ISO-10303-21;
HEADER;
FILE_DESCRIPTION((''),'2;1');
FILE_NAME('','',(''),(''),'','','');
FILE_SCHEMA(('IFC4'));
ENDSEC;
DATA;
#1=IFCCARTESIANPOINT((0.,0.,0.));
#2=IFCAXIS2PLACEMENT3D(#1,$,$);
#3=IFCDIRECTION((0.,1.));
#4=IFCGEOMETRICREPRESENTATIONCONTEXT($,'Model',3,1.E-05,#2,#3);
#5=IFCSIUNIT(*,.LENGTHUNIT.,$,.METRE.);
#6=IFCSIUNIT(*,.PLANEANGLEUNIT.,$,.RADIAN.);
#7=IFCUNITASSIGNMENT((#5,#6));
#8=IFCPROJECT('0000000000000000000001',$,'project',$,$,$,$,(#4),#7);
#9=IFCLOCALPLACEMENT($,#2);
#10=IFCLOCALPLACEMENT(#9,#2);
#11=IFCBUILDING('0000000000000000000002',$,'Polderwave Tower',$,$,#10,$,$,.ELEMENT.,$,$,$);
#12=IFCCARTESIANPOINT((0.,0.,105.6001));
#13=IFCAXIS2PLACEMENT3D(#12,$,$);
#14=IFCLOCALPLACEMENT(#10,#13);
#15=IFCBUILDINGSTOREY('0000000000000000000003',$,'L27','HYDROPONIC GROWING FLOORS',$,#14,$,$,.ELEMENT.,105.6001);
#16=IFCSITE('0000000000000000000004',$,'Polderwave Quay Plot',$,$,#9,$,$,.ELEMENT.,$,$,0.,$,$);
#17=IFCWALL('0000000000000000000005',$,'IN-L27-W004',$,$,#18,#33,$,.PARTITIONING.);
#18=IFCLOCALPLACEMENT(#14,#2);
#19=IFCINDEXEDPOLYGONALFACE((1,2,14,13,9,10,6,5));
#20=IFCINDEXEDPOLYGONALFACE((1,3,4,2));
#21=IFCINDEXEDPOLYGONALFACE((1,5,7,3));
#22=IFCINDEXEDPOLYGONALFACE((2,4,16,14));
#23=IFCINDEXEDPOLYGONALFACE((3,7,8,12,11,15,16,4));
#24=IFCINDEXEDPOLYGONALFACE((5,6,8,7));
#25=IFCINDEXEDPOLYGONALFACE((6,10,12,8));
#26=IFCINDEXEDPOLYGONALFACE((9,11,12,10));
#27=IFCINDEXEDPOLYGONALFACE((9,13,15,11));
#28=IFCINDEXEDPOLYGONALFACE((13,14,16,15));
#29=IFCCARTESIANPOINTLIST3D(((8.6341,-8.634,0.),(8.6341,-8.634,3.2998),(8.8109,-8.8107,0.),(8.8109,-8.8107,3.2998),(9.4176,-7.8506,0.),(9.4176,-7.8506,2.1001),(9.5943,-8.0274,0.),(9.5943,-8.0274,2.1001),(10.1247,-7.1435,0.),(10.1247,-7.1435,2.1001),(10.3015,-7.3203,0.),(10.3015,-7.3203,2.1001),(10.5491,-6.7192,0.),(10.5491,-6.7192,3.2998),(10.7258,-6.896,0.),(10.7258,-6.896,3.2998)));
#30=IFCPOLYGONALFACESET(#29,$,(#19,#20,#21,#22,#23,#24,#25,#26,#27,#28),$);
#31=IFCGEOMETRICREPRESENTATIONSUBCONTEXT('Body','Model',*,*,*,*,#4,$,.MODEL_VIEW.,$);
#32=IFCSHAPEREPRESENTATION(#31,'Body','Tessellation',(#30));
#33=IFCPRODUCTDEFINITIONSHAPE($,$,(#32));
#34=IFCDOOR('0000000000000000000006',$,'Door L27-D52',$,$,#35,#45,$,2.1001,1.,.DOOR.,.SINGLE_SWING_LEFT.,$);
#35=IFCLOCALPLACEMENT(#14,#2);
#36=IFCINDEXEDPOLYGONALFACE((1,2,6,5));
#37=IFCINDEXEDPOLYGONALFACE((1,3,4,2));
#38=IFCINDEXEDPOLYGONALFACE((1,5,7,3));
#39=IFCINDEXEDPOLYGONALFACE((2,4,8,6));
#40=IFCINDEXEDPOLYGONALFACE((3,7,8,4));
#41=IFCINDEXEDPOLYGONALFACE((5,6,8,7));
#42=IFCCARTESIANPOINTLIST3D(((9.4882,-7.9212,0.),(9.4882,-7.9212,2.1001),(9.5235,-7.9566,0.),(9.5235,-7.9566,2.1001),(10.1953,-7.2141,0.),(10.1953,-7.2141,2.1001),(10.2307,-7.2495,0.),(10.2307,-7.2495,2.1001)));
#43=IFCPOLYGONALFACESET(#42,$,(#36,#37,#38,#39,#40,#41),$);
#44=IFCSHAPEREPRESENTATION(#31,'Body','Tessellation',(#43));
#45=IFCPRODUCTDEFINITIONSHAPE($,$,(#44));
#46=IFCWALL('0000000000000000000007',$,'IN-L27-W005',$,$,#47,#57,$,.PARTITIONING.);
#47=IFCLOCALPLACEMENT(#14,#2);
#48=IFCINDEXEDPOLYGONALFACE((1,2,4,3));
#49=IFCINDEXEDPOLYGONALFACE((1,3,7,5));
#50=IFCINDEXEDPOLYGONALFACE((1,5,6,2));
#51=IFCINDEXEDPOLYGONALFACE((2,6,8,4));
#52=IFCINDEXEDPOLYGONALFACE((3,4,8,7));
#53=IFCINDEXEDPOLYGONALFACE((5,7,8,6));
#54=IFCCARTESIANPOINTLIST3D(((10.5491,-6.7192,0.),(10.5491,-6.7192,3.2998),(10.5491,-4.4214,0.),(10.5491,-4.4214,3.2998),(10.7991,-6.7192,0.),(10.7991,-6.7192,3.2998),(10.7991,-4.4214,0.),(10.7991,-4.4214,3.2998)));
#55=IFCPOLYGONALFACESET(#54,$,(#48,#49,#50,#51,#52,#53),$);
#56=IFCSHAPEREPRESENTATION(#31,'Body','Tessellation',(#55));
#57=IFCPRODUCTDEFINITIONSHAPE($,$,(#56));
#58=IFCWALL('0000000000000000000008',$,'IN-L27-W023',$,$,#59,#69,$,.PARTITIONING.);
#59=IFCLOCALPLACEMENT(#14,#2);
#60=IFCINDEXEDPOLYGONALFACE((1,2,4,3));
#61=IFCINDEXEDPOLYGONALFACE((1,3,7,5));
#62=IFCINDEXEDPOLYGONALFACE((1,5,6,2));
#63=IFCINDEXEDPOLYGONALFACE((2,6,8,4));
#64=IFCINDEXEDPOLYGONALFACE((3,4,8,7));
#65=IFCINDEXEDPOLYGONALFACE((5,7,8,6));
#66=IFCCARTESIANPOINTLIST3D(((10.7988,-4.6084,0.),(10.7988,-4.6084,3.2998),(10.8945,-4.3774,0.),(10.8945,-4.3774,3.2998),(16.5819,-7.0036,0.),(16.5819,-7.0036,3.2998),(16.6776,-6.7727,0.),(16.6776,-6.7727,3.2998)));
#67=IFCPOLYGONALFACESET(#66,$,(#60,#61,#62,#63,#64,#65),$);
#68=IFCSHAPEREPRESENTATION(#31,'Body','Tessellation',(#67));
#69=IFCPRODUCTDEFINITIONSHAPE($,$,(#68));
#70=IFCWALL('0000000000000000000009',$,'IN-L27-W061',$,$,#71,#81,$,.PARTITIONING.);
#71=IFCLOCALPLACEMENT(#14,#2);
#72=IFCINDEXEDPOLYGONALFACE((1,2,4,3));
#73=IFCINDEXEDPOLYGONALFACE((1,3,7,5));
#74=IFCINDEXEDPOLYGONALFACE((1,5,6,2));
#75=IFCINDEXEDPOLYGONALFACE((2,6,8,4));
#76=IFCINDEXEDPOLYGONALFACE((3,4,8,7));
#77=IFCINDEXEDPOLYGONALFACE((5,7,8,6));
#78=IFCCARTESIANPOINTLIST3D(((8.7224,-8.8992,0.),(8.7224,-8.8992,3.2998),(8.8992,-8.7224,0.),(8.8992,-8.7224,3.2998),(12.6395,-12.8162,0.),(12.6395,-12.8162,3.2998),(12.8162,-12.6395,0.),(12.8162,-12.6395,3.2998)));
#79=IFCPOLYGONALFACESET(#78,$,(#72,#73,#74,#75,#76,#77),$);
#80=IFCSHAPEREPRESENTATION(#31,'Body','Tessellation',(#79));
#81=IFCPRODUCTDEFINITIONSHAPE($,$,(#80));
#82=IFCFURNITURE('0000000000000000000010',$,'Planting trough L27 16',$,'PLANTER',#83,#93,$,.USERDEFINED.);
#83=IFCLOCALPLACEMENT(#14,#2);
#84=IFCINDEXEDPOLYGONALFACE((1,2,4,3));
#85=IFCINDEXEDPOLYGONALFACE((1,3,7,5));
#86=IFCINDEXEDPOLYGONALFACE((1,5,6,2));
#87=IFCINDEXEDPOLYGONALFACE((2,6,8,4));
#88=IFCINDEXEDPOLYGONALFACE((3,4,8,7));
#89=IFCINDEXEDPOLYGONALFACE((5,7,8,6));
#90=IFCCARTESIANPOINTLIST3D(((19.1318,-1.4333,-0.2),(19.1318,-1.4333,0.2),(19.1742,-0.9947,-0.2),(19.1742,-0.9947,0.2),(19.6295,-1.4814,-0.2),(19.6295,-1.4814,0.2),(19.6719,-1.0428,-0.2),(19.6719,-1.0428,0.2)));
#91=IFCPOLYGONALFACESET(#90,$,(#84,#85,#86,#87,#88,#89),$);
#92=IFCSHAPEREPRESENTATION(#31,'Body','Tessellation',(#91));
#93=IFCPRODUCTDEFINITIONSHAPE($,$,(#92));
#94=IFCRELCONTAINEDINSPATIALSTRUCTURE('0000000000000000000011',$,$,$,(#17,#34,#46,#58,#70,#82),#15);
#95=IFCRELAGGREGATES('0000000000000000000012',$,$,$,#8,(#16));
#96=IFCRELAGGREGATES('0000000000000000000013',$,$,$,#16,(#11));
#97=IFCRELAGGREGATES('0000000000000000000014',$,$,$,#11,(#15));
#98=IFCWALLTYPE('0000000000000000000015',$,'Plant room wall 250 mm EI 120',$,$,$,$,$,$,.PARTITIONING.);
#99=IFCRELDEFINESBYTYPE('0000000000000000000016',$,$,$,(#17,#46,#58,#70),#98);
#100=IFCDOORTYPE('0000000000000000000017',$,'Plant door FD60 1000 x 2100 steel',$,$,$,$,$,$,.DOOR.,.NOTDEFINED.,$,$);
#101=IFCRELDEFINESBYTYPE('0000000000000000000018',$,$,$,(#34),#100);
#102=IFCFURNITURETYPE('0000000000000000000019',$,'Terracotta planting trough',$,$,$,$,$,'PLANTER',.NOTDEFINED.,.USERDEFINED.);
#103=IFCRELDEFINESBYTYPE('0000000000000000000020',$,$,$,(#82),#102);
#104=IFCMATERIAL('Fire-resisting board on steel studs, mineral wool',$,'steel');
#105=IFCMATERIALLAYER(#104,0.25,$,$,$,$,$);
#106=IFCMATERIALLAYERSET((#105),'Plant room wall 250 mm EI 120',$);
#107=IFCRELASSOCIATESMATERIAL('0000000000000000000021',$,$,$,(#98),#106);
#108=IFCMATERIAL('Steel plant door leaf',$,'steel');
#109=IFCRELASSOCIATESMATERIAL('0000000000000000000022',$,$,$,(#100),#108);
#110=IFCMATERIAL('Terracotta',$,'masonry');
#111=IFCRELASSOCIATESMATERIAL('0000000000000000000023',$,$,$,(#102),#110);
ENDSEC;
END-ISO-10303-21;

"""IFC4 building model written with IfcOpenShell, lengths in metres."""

from ifc_helpers import new_model, si_unit, direction, frame, frame_2d, origin, origin_2d, place, context, subcontext, project, spatial, rectangle, extrude, material, layer, layer_set, type_object, element, fill, save


model = new_model("IFC4")

# Units and contexts
model_context = context("Model", 3, precision=1e-05, world=origin(), true_north=direction((0.0, 1.0)))
body_context = subcontext(model_context, "Body", "Model", "MODEL_VIEW")
ifc_project = project(units=[si_unit("LENGTHUNIT", "METRE"), si_unit("PLANEANGLEUNIT", "RADIAN")], contexts=[model_context])

# Site, building, storey
site_placement = place(None, origin())
site = spatial("IfcSite", under=ifc_project, at=site_placement, Name="Polderwave Quay Plot", CompositionType="ELEMENT", RefElevation=0.0)
building_placement = place(site_placement, origin())
building = spatial("IfcBuilding", under=site, at=building_placement, Name="Polderwave Tower", CompositionType="ELEMENT")
storey_placement = place(building_placement, frame((0.0, 0.0, 105.6001)))
storey = spatial("IfcBuildingStorey", under=building, at=storey_placement, Name="L27", Description="HYDROPONIC GROWING FLOORS", CompositionType="ELEMENT", Elevation=105.6001)

# Wall, opening, door
ifc_material_1 = material(Name="Fire-resisting board on steel studs, mineral wool", Category="steel")
ifc_layer_1 = layer(ifc_material_1, 0.25)
ifc_layer_set_1 = layer_set([ifc_layer_1], Name="Plant room wall 250 mm EI 120")
wall_type_1 = type_object("IfcWallType", Name="Plant room wall 250 mm EI 120", PredefinedType="PARTITIONING", material=ifc_layer_set_1)
wall_1_placement = place(storey_placement, frame((10.6375, -6.8076, 0.0), z_axis=(0.0, 0.0, 1.0), x_axis=(-0.707152, -0.707062, 0.0)))
wall_1 = element("IfcWall", 1, at=wall_1_placement, inside=storey, type_object=wall_type_1, Name="IN-L27-W004", PredefinedType="PARTITIONING", context=body_context, shape_type="SweptSolid", body=[
    extrude(rectangle(XDim=2.708, YDim=0.25, at=frame_2d((1.354, 0.0))), origin(), (0.0, 0.0, 1.0), 3.2998),
])
opening_1_placement = place(wall_1_placement, frame((0.6001, 0.0, 0.0)))
opening_1 = element("IfcOpeningElement", 2, at=opening_1_placement, cuts=wall_1, PredefinedType="OPENING", context=body_context, shape_type="SweptSolid", body=[
    extrude(rectangle(XDim=1.0, YDim=2.1001, at=frame_2d((0.5, 1.05))), frame((0.0, 0.135, 0.0), z_axis=(0.0, -1.0, 0.0), x_axis=(1.0, 0.0, 0.0)), (0.0, 0.0, 1.0), 0.27),
])
ifc_material_2 = material(Name="Steel plant door leaf", Category="steel")
door_type_1 = type_object("IfcDoorType", Name="Plant door FD60 1000 x 2100 steel", OperationType="NOTDEFINED", PredefinedType="DOOR", material=ifc_material_2)
door_1_placement = place(opening_1_placement, origin())
door_1 = element("IfcDoor", 3, at=door_1_placement, inside=storey, type_object=door_type_1, Name="Door L27-D52", OperationType="SINGLE_SWING_LEFT", OverallHeight=2.1001, OverallWidth=1.0, PredefinedType="DOOR", context=body_context, shape_type="SweptSolid", body=[
    extrude(rectangle(XDim=1.0, YDim=2.1001, at=frame_2d((0.5, 1.05))), frame((0.0, 0.0249, 0.0), z_axis=(0.0, -1.0, 0.0), x_axis=(1.0, 0.0, 0.0)), (0.0, 0.0, 1.0), 0.05),
])
fill(opening_1, door_1)

# Walls
wall_2_placement = place(storey_placement, frame((10.6741, -4.4214, 0.0), z_axis=(0.0, 0.0, 1.0), x_axis=(0.0, -1.0, 0.0)))
element("IfcWall", 4, at=wall_2_placement, inside=storey, type_object=wall_type_1, Name="IN-L27-W005", PredefinedType="PARTITIONING", context=body_context, shape_type="SweptSolid", body=[
    extrude(rectangle(XDim=2.2979, YDim=0.25, at=frame_2d((1.1489, 0.0))), origin(), (0.0, 0.0, 1.0), 3.2998),
])
wall_3_placement = place(storey_placement, frame((16.6299, -6.8882, 0.0), z_axis=(0.0, 0.0, 1.0), x_axis=(-0.923892, 0.382654, 0.0)))
element("IfcWall", 5, at=wall_3_placement, inside=storey, type_object=wall_type_1, Name="IN-L27-W023", PredefinedType="PARTITIONING", context=body_context, shape_type="SweptSolid", body=[
    extrude(rectangle(XDim=6.2595, YDim=0.25, at=frame_2d((3.1299, 0.0))), origin(), (0.0, 0.0, 1.0), 3.2998),
])
wall_4_placement = place(storey_placement, frame((8.8108, -8.8108, 0.0), z_axis=(0.0, 0.0, 1.0), x_axis=(0.707107, -0.707107, 0.0)))
element("IfcWall", 6, at=wall_4_placement, inside=storey, type_object=wall_type_1, Name="IN-L27-W061", PredefinedType="PARTITIONING", context=body_context, shape_type="SweptSolid", body=[
    extrude(rectangle(XDim=5.5396, YDim=0.25, at=frame_2d((2.7698, 0.0))), origin(), (0.0, 0.0, 1.0), 3.2998),
])

# Furniture
ifc_material_3 = material(Name="Terracotta", Category="masonry")
furniture_type = type_object("IfcFurnitureType", Name="Terracotta planting trough", ElementType="PLANTER", AssemblyPlace="NOTDEFINED", PredefinedType="USERDEFINED", material=ifc_material_3)
furniture_placement = place(storey_placement, frame((19.4019, -1.238, -0.2), z_axis=(0.0, 0.0, 1.0), x_axis=(0.096165, 0.995365, 0.0)))
element("IfcFurniture", 7, at=furniture_placement, inside=storey, type_object=furniture_type, Name="Planting trough L27 16", ObjectType="PLANTER", PredefinedType="USERDEFINED", context=body_context, shape_type="SweptSolid", body=[
    extrude(rectangle(XDim=0.4407, YDim=0.5, at=origin_2d()), origin(), (0.0, 0.0, 1.0), 0.3999),
])

save(model, "model.ifc")
